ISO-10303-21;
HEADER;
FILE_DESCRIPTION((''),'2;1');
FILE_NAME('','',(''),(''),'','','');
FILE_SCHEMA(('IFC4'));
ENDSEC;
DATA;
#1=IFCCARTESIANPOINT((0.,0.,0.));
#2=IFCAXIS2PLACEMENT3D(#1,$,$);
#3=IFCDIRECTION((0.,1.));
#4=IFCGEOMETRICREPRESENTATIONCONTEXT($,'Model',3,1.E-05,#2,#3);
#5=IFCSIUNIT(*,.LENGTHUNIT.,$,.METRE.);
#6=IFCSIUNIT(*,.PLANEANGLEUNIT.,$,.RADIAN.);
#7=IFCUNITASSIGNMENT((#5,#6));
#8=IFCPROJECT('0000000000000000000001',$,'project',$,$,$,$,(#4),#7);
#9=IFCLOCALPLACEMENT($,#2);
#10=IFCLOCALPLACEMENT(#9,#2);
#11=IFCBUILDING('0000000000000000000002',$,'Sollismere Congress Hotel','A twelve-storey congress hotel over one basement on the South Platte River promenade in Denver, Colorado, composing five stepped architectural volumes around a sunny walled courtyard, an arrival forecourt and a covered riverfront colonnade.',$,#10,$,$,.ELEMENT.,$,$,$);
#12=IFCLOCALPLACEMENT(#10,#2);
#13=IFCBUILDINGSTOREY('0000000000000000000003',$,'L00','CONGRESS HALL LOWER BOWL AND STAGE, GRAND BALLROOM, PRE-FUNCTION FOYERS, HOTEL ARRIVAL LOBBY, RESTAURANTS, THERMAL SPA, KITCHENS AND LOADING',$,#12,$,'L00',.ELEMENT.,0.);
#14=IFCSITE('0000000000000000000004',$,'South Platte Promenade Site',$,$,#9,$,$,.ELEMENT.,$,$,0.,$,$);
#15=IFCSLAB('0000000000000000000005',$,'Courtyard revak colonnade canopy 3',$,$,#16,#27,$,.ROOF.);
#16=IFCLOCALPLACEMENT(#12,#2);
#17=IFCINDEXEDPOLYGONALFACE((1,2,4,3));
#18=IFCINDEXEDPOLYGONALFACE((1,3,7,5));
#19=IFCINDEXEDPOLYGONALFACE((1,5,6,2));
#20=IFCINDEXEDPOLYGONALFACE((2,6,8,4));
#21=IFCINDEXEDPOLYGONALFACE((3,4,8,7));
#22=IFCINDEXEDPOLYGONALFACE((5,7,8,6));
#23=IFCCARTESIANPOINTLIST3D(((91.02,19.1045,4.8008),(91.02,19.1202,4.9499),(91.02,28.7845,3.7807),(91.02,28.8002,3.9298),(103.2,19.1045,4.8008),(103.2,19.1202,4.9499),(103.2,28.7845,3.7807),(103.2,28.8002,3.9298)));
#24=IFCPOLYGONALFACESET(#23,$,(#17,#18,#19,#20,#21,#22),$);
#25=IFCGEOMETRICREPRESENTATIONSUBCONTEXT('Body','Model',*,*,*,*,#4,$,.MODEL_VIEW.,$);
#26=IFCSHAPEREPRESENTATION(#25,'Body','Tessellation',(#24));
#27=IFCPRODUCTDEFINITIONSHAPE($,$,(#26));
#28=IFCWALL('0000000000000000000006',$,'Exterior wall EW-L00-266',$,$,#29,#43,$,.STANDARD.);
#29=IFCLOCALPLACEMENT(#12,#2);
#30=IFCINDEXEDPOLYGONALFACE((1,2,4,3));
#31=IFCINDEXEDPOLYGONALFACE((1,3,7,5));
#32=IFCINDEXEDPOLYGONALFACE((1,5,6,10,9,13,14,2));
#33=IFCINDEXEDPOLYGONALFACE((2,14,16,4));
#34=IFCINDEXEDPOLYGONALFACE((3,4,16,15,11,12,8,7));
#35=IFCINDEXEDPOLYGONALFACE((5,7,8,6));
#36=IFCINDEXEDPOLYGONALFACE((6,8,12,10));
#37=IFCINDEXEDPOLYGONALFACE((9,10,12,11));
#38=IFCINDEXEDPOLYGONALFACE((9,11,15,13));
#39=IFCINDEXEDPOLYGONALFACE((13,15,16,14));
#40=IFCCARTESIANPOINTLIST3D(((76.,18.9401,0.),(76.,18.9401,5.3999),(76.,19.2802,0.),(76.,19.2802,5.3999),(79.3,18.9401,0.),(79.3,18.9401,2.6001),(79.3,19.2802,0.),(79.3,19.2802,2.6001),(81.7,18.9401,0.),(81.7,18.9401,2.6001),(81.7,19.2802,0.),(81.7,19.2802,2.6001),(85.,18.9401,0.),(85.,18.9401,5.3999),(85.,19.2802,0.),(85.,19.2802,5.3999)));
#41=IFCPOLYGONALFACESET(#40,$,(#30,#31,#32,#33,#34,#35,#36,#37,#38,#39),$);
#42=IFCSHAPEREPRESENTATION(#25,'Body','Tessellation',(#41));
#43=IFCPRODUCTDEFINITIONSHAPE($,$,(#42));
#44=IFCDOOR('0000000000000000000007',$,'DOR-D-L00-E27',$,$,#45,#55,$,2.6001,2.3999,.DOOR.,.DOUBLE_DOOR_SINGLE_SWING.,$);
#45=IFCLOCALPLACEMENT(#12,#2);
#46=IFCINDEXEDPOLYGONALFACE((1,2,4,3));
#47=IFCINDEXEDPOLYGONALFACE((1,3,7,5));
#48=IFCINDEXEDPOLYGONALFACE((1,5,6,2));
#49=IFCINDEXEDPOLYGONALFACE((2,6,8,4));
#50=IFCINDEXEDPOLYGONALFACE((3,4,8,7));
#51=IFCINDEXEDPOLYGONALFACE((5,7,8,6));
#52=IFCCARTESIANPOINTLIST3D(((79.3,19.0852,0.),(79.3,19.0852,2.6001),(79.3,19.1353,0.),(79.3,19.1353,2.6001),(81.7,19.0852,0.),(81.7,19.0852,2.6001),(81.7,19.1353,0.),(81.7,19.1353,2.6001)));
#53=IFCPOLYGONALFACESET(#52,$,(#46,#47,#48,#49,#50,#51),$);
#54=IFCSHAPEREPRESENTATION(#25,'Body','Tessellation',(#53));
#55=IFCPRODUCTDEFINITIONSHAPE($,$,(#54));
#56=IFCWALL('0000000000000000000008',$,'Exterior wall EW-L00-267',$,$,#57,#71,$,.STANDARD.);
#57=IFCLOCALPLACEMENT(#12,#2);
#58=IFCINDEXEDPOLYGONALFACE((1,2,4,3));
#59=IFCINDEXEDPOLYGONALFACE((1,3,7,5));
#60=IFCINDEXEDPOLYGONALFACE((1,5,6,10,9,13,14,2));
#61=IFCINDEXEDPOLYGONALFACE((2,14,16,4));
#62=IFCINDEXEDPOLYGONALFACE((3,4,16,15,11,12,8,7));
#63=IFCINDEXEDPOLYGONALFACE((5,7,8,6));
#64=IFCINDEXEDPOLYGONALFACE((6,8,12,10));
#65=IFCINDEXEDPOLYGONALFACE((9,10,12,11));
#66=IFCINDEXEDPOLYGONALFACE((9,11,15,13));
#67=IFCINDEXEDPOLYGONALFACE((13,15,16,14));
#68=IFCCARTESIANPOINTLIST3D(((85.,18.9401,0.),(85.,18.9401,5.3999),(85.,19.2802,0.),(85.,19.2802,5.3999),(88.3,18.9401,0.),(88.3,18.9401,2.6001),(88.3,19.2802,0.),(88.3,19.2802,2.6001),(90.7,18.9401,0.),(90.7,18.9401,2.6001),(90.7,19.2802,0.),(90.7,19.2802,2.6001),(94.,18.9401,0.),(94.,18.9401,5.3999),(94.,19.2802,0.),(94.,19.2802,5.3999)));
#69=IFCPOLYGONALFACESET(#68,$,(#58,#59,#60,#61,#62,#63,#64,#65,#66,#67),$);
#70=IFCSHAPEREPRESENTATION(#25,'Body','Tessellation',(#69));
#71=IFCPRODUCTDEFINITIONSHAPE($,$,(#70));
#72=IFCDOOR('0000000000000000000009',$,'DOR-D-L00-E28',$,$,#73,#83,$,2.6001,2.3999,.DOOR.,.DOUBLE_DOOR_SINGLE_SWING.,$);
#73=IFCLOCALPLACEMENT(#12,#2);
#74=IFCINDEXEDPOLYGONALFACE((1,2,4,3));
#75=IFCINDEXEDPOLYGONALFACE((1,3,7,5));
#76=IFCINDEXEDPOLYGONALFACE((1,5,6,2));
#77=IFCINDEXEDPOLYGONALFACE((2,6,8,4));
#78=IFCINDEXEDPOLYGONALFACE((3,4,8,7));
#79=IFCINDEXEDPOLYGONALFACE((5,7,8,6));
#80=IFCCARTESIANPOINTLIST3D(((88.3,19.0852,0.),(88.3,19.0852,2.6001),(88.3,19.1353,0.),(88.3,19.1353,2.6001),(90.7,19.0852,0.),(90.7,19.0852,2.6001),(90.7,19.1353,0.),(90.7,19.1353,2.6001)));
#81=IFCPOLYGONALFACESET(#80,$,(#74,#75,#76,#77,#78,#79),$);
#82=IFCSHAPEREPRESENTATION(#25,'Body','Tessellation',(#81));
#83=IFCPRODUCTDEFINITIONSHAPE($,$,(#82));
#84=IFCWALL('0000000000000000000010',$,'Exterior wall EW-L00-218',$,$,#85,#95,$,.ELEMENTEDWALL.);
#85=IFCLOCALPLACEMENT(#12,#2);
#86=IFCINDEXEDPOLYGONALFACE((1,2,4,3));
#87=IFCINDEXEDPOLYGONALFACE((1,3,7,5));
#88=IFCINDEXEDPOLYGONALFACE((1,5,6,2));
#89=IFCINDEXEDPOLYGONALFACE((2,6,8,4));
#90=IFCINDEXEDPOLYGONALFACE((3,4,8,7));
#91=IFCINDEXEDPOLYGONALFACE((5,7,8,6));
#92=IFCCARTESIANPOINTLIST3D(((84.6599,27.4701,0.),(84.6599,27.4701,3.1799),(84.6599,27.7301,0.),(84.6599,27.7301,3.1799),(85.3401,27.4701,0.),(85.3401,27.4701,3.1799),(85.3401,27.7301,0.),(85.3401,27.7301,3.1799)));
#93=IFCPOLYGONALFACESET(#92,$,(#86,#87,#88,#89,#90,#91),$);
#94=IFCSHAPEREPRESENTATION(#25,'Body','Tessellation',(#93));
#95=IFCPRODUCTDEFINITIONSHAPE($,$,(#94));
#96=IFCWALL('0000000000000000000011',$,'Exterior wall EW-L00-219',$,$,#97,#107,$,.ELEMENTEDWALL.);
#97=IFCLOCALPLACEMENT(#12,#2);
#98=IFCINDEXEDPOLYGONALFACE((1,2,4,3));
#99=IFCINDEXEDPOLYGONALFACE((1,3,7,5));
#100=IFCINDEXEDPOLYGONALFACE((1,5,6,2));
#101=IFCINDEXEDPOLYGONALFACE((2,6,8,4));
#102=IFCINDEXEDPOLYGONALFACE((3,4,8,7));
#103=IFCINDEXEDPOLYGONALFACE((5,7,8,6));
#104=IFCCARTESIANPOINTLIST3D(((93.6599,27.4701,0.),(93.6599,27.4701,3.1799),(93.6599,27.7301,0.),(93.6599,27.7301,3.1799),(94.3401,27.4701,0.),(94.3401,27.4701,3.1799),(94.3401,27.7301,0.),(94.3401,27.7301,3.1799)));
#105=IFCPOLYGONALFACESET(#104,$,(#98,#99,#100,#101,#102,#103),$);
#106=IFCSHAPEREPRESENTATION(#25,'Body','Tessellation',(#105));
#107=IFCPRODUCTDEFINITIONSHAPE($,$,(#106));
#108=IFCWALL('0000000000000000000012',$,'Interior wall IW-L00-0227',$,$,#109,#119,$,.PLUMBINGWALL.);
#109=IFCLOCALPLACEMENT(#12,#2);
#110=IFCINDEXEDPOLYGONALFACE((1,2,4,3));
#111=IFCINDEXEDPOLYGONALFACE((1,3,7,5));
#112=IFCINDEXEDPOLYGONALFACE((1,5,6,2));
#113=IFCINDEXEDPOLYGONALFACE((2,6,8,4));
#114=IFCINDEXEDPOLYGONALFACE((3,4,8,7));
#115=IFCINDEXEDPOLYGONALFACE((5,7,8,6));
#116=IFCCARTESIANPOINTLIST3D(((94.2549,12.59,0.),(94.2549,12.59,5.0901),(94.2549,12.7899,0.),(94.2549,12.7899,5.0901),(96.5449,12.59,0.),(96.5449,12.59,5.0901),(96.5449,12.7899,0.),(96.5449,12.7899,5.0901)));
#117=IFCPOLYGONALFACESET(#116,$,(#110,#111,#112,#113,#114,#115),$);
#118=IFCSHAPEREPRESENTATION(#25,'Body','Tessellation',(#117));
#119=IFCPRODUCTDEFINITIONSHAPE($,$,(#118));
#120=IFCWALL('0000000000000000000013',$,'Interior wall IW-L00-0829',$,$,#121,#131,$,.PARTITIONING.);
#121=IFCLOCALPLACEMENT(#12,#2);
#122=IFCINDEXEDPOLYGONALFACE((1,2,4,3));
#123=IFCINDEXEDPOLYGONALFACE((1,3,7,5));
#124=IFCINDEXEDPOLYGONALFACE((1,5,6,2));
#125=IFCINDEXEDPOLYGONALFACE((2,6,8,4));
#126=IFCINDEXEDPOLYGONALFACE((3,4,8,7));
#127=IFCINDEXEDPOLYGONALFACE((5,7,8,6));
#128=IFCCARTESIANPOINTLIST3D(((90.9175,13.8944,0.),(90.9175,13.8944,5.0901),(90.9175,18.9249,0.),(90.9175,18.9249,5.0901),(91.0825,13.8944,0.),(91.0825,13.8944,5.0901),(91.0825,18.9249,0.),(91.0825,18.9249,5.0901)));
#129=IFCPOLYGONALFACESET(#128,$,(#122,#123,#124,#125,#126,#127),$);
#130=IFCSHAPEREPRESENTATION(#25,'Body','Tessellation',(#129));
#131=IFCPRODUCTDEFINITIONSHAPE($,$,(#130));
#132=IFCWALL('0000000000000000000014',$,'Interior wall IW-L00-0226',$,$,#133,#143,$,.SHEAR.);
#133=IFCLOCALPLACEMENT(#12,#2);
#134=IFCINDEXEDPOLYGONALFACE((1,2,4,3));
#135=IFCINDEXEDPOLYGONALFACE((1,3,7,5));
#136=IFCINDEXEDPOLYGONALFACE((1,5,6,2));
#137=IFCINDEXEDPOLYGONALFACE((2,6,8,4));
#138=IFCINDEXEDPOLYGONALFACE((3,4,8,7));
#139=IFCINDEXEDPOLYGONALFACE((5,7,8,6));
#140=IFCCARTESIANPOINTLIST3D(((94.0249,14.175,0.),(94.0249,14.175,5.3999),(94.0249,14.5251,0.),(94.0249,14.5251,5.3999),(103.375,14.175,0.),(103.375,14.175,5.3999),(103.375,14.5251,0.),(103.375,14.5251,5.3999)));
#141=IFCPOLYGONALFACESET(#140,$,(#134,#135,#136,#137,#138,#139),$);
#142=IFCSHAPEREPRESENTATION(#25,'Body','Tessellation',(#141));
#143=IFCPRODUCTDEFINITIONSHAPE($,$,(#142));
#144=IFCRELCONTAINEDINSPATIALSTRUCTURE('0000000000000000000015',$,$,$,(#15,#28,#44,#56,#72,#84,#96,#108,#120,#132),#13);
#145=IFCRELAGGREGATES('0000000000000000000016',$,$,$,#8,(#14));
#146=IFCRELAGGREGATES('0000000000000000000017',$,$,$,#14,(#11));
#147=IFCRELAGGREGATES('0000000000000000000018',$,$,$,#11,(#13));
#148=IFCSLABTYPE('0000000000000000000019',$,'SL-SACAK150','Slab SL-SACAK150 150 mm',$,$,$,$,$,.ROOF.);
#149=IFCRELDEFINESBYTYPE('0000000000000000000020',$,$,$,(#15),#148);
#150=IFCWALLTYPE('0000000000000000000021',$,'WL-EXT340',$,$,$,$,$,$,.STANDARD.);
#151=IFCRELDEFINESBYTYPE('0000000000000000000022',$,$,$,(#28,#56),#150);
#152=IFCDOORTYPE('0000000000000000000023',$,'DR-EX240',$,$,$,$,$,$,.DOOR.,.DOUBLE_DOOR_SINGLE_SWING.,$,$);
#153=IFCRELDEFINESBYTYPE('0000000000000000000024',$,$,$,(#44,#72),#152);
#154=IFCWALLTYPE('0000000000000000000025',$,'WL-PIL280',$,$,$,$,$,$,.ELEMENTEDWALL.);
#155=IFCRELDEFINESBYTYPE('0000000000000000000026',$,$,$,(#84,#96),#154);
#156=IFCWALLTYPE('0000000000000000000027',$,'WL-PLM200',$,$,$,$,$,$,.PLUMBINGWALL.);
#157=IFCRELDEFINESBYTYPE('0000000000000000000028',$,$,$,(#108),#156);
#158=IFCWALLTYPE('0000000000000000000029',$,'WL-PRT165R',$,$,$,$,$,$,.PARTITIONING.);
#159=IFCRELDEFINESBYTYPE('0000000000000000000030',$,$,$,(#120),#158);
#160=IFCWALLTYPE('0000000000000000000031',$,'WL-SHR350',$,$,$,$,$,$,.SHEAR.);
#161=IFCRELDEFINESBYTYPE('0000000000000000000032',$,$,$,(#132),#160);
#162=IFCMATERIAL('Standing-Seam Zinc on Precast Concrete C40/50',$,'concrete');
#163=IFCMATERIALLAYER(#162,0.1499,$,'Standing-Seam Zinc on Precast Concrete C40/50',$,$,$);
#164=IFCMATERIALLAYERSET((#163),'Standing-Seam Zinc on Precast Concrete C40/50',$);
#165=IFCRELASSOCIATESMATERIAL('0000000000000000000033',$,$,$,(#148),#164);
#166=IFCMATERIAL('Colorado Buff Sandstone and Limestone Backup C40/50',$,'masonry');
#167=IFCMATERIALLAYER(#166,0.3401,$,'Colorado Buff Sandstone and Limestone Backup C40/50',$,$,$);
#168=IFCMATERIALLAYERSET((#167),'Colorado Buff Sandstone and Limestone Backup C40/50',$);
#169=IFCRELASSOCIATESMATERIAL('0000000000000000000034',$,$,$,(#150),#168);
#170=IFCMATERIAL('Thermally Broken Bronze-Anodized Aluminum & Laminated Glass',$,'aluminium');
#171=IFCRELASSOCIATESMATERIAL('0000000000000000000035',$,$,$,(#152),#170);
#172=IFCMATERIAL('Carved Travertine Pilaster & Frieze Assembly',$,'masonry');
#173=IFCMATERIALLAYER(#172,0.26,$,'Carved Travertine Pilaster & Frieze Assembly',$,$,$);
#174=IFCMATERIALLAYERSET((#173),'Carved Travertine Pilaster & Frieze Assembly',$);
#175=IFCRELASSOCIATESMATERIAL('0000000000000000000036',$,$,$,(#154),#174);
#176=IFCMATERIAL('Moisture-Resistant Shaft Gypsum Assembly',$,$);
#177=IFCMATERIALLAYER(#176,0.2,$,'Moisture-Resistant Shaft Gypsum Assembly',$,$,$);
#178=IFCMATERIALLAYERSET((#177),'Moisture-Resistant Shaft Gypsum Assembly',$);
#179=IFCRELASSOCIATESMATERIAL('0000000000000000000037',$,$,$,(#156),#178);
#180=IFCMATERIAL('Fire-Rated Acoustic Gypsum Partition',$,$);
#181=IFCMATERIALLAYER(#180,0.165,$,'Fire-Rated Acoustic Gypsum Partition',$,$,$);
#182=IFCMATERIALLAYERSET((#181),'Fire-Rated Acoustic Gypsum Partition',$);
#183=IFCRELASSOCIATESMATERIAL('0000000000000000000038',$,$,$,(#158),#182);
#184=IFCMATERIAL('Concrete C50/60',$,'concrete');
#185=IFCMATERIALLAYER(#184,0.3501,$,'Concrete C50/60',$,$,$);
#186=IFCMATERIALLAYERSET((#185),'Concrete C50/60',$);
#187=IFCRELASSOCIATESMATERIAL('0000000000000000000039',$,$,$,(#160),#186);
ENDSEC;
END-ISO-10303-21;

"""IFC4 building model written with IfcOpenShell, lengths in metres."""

from ifc_helpers import new_model, si_unit, direction, frame, frame_2d, origin, place, context, subcontext, project, spatial, polyline, rectangle, outline, extrude, material, layer, layer_set, type_object, element, fill, save


model = new_model("IFC4")

# Units and contexts
model_context = context("Model", 3, precision=1e-05, world=origin(), true_north=direction((0.0, 1.0)))
body_context = subcontext(model_context, "Body", "Model", "MODEL_VIEW")
ifc_project = project(units=[si_unit("LENGTHUNIT", "METRE"), si_unit("PLANEANGLEUNIT", "RADIAN")], contexts=[model_context])

# Site, building, storey
site_placement = place(None, origin())
site = spatial("IfcSite", under=ifc_project, at=site_placement, Name="South Platte Promenade Site", CompositionType="ELEMENT", RefElevation=0.0)
building_placement = place(site_placement, origin())
building = spatial("IfcBuilding", under=site, at=building_placement, Name="Sollismere Congress Hotel", Description="A twelve-storey congress hotel over one basement on the South Platte River promenade in Denver, Colorado, composing five stepped architectural volumes around a sunny walled courtyard, an arrival forecourt and a covered riverfront colonnade.", CompositionType="ELEMENT")
storey_placement = place(building_placement, origin())
storey = spatial("IfcBuildingStorey", under=building, at=storey_placement, Name="L00", Description="CONGRESS HALL LOWER BOWL AND STAGE, GRAND BALLROOM, PRE-FUNCTION FOYERS, HOTEL ARRIVAL LOBBY, RESTAURANTS, THERMAL SPA, KITCHENS AND LOADING", LongName="L00", CompositionType="ELEMENT", Elevation=0.0)

# Slab
ifc_material_1 = material(Name="Standing-Seam Zinc on Precast Concrete C40/50", Category="concrete")
ifc_layer_1 = layer(ifc_material_1, 0.1499, Name="Standing-Seam Zinc on Precast Concrete C40/50")
ifc_layer_set_1 = layer_set([ifc_layer_1], Name="Standing-Seam Zinc on Precast Concrete C40/50")
slab_type = type_object("IfcSlabType", Name="SL-SACAK150", Description="Slab SL-SACAK150 150 mm", PredefinedType="ROOF", material=ifc_layer_set_1)
slab_1_placement = place(storey_placement, frame((91.02, 19.1045, 4.8008), z_axis=(0.0, 0.104794, 0.994494), x_axis=(1.0, 0.0, 0.0)))
element("IfcSlab", 1, at=slab_1_placement, inside=storey, type_object=slab_type, Name="Courtyard revak colonnade canopy 3", PredefinedType="ROOF", context=body_context, shape_type="SweptSolid", body=[
    extrude(outline(polyline([(0.0, 0.0), (12.1799, 0.0), (12.1799, 9.7336), (0.0, 9.7336), (0.0, 0.0)])), origin(), (0.0, 0.0, 1.0), 0.1499),
])

# Walls, openings, doors
ifc_material_2 = material(Name="Colorado Buff Sandstone and Limestone Backup C40/50", Category="masonry")
ifc_layer_2 = layer(ifc_material_2, 0.3401, Name="Colorado Buff Sandstone and Limestone Backup C40/50")
ifc_layer_set_2 = layer_set([ifc_layer_2], Name="Colorado Buff Sandstone and Limestone Backup C40/50")
wall_type_1 = type_object("IfcWallType", Name="WL-EXT340", PredefinedType="STANDARD", material=ifc_layer_set_2)
wall_1_placement = place(storey_placement, frame((85.0, 19.1101, 0.0), z_axis=(0.0, 0.0, 1.0), x_axis=(-1.0, 0.0, 0.0)))
wall_1 = element("IfcWall", 2, at=wall_1_placement, inside=storey, type_object=wall_type_1, Name="Exterior wall EW-L00-266", PredefinedType="STANDARD", context=body_context, shape_type="SweptSolid", body=[
    extrude(rectangle(XDim=9.0, YDim=0.3401, at=frame_2d((4.5, 0.0))), origin(), (0.0, 0.0, 1.0), 5.3999),
])
opening_1_placement = place(wall_1_placement, frame((3.3, 0.0, 0.0)))
opening_1 = element("IfcOpeningElement", 3, at=opening_1_placement, cuts=wall_1, PredefinedType="OPENING", context=body_context, shape_type="SweptSolid", body=[
    extrude(rectangle(XDim=2.3999, YDim=2.6001, at=frame_2d((1.2, 1.3))), frame((0.0, 0.1799, 0.0), z_axis=(0.0, -1.0, 0.0), x_axis=(1.0, 0.0, 0.0)), (0.0, 0.0, 1.0), 0.3601),
])
ifc_material_3 = material(Name="Thermally Broken Bronze-Anodized Aluminum & Laminated Glass", Category="aluminium")
door_type_1 = type_object("IfcDoorType", Name="DR-EX240", OperationType="DOUBLE_DOOR_SINGLE_SWING", PredefinedType="DOOR", material=ifc_material_3)
door_1_placement = place(opening_1_placement, origin())
door_1 = element("IfcDoor", 4, at=door_1_placement, inside=storey, type_object=door_type_1, Name="DOR-D-L00-E27", OperationType="DOUBLE_DOOR_SINGLE_SWING", OverallHeight=2.6001, OverallWidth=2.3999, PredefinedType="DOOR", context=body_context, shape_type="SweptSolid", body=[
    extrude(rectangle(XDim=2.3999, YDim=2.6001, at=frame_2d((1.2, 1.3))), frame((0.0, 0.0249, 0.0), z_axis=(0.0, -1.0, 0.0), x_axis=(1.0, 0.0, 0.0)), (0.0, 0.0, 1.0), 0.05),
])
fill(opening_1, door_1)
wall_2_placement = place(storey_placement, frame((94.0, 19.1101, 0.0), z_axis=(0.0, 0.0, 1.0), x_axis=(-1.0, 0.0, 0.0)))
wall_2 = element("IfcWall", 5, at=wall_2_placement, inside=storey, type_object=wall_type_1, Name="Exterior wall EW-L00-267", PredefinedType="STANDARD", context=body_context, shape_type="SweptSolid", body=[
    extrude(rectangle(XDim=9.0, YDim=0.3401, at=frame_2d((4.5, 0.0))), origin(), (0.0, 0.0, 1.0), 5.3999),
])
opening_2_placement = place(wall_2_placement, frame((3.3, 0.0, 0.0)))
opening_2 = element("IfcOpeningElement", 6, at=opening_2_placement, cuts=wall_2, PredefinedType="OPENING", context=body_context, shape_type="SweptSolid", body=[
    extrude(rectangle(XDim=2.3999, YDim=2.6001, at=frame_2d((1.2, 1.3))), frame((0.0, 0.1799, 0.0), z_axis=(0.0, -1.0, 0.0), x_axis=(1.0, 0.0, 0.0)), (0.0, 0.0, 1.0), 0.3601),
])
door_2_placement = place(opening_2_placement, origin())
door_2 = element("IfcDoor", 7, at=door_2_placement, inside=storey, type_object=door_type_1, Name="DOR-D-L00-E28", OperationType="DOUBLE_DOOR_SINGLE_SWING", OverallHeight=2.6001, OverallWidth=2.3999, PredefinedType="DOOR", context=body_context, shape_type="SweptSolid", body=[
    extrude(rectangle(XDim=2.3999, YDim=2.6001, at=frame_2d((1.2, 1.3))), frame((0.0, 0.0249, 0.0), z_axis=(0.0, -1.0, 0.0), x_axis=(1.0, 0.0, 0.0)), (0.0, 0.0, 1.0), 0.05),
])
fill(opening_2, door_2)

# Walls
ifc_material_4 = material(Name="Carved Travertine Pilaster & Frieze Assembly", Category="masonry")
ifc_layer_3 = layer(ifc_material_4, 0.26, Name="Carved Travertine Pilaster & Frieze Assembly")
ifc_layer_set_3 = layer_set([ifc_layer_3], Name="Carved Travertine Pilaster & Frieze Assembly")
wall_type_2 = type_object("IfcWallType", Name="WL-PIL280", PredefinedType="ELEMENTEDWALL", material=ifc_layer_set_3)
for number, where, z_axis, x_axis, name in (
    (8, (84.6599, 27.6001, 0.0), (0.0, 0.0, 1.0), (1.0, 0.0, 0.0), "Exterior wall EW-L00-218"),
    (9, (93.6599, 27.6001, 0.0), (0.0, 0.0, 1.0), (1.0, 0.0, 0.0), "Exterior wall EW-L00-219"),
):
    element("IfcWall", number, at=place(storey_placement, frame(where, z_axis=z_axis, x_axis=x_axis)), inside=storey, type_object=wall_type_2, Name=name, PredefinedType="ELEMENTEDWALL", context=body_context, shape_type="SweptSolid", body=[
        extrude(rectangle(XDim=0.6802, YDim=0.26, at=frame_2d((0.3401, 0.0))), origin(), (0.0, 0.0, 1.0), 3.1799),
    ])
ifc_material_5 = material(Name="Moisture-Resistant Shaft Gypsum Assembly")
ifc_layer_4 = layer(ifc_material_5, 0.2, Name="Moisture-Resistant Shaft Gypsum Assembly")
ifc_layer_set_4 = layer_set([ifc_layer_4], Name="Moisture-Resistant Shaft Gypsum Assembly")
wall_type_3 = type_object("IfcWallType", Name="WL-PLM200", PredefinedType="PLUMBINGWALL", material=ifc_layer_set_4)
wall_3_placement = place(storey_placement, frame((94.2549, 12.6899, 0.0), z_axis=(0.0, 0.0, 1.0), x_axis=(1.0, 0.0, 0.0)))
element("IfcWall", 10, at=wall_3_placement, inside=storey, type_object=wall_type_3, Name="Interior wall IW-L00-0227", PredefinedType="PLUMBINGWALL", context=body_context, shape_type="SweptSolid", body=[
    extrude(rectangle(XDim=2.29, YDim=0.2, at=frame_2d((1.145, 0.0))), origin(), (0.0, 0.0, 1.0), 5.0901),
])

# Shared definitions
ifc_material_6 = material(Name="Fire-Rated Acoustic Gypsum Partition")
ifc_layer_5 = layer(ifc_material_6, 0.165, Name="Fire-Rated Acoustic Gypsum Partition")
ifc_layer_set_5 = layer_set([ifc_layer_5], Name="Fire-Rated Acoustic Gypsum Partition")
wall_type_4 = type_object("IfcWallType", Name="WL-PRT165R", PredefinedType="PARTITIONING", material=ifc_layer_set_5)

# Walls
wall_4_placement = place(storey_placement, frame((91.0, 13.8945, 0.0), z_axis=(0.0, 0.0, 1.0), x_axis=(0.0, 1.0, 0.0)))
element("IfcWall", 11, at=wall_4_placement, inside=storey, type_object=wall_type_4, Name="Interior wall IW-L00-0829", PredefinedType="PARTITIONING", context=body_context, shape_type="SweptSolid", body=[
    extrude(rectangle(XDim=5.0305, YDim=0.165, at=frame_2d((2.5151, 0.0))), origin(), (0.0, 0.0, 1.0), 5.0901),
])
ifc_material_7 = material(Name="Concrete C50/60", Category="concrete")
ifc_layer_6 = layer(ifc_material_7, 0.3501, Name="Concrete C50/60")
ifc_layer_set_6 = layer_set([ifc_layer_6], Name="Concrete C50/60")
wall_type_5 = type_object("IfcWallType", Name="WL-SHR350", PredefinedType="SHEAR", material=ifc_layer_set_6)
wall_5_placement = place(storey_placement, frame((94.0249, 14.3501, 0.0), z_axis=(0.0, 0.0, 1.0), x_axis=(1.0, 0.0, 0.0)))
element("IfcWall", 12, at=wall_5_placement, inside=storey, type_object=wall_type_5, Name="Interior wall IW-L00-0226", PredefinedType="SHEAR", context=body_context, shape_type="SweptSolid", body=[
    extrude(rectangle(XDim=9.3501, YDim=0.3501, at=frame_2d((4.675, 0.0))), origin(), (0.0, 0.0, 1.0), 5.3999),
])

save(model, "model.ifc")
